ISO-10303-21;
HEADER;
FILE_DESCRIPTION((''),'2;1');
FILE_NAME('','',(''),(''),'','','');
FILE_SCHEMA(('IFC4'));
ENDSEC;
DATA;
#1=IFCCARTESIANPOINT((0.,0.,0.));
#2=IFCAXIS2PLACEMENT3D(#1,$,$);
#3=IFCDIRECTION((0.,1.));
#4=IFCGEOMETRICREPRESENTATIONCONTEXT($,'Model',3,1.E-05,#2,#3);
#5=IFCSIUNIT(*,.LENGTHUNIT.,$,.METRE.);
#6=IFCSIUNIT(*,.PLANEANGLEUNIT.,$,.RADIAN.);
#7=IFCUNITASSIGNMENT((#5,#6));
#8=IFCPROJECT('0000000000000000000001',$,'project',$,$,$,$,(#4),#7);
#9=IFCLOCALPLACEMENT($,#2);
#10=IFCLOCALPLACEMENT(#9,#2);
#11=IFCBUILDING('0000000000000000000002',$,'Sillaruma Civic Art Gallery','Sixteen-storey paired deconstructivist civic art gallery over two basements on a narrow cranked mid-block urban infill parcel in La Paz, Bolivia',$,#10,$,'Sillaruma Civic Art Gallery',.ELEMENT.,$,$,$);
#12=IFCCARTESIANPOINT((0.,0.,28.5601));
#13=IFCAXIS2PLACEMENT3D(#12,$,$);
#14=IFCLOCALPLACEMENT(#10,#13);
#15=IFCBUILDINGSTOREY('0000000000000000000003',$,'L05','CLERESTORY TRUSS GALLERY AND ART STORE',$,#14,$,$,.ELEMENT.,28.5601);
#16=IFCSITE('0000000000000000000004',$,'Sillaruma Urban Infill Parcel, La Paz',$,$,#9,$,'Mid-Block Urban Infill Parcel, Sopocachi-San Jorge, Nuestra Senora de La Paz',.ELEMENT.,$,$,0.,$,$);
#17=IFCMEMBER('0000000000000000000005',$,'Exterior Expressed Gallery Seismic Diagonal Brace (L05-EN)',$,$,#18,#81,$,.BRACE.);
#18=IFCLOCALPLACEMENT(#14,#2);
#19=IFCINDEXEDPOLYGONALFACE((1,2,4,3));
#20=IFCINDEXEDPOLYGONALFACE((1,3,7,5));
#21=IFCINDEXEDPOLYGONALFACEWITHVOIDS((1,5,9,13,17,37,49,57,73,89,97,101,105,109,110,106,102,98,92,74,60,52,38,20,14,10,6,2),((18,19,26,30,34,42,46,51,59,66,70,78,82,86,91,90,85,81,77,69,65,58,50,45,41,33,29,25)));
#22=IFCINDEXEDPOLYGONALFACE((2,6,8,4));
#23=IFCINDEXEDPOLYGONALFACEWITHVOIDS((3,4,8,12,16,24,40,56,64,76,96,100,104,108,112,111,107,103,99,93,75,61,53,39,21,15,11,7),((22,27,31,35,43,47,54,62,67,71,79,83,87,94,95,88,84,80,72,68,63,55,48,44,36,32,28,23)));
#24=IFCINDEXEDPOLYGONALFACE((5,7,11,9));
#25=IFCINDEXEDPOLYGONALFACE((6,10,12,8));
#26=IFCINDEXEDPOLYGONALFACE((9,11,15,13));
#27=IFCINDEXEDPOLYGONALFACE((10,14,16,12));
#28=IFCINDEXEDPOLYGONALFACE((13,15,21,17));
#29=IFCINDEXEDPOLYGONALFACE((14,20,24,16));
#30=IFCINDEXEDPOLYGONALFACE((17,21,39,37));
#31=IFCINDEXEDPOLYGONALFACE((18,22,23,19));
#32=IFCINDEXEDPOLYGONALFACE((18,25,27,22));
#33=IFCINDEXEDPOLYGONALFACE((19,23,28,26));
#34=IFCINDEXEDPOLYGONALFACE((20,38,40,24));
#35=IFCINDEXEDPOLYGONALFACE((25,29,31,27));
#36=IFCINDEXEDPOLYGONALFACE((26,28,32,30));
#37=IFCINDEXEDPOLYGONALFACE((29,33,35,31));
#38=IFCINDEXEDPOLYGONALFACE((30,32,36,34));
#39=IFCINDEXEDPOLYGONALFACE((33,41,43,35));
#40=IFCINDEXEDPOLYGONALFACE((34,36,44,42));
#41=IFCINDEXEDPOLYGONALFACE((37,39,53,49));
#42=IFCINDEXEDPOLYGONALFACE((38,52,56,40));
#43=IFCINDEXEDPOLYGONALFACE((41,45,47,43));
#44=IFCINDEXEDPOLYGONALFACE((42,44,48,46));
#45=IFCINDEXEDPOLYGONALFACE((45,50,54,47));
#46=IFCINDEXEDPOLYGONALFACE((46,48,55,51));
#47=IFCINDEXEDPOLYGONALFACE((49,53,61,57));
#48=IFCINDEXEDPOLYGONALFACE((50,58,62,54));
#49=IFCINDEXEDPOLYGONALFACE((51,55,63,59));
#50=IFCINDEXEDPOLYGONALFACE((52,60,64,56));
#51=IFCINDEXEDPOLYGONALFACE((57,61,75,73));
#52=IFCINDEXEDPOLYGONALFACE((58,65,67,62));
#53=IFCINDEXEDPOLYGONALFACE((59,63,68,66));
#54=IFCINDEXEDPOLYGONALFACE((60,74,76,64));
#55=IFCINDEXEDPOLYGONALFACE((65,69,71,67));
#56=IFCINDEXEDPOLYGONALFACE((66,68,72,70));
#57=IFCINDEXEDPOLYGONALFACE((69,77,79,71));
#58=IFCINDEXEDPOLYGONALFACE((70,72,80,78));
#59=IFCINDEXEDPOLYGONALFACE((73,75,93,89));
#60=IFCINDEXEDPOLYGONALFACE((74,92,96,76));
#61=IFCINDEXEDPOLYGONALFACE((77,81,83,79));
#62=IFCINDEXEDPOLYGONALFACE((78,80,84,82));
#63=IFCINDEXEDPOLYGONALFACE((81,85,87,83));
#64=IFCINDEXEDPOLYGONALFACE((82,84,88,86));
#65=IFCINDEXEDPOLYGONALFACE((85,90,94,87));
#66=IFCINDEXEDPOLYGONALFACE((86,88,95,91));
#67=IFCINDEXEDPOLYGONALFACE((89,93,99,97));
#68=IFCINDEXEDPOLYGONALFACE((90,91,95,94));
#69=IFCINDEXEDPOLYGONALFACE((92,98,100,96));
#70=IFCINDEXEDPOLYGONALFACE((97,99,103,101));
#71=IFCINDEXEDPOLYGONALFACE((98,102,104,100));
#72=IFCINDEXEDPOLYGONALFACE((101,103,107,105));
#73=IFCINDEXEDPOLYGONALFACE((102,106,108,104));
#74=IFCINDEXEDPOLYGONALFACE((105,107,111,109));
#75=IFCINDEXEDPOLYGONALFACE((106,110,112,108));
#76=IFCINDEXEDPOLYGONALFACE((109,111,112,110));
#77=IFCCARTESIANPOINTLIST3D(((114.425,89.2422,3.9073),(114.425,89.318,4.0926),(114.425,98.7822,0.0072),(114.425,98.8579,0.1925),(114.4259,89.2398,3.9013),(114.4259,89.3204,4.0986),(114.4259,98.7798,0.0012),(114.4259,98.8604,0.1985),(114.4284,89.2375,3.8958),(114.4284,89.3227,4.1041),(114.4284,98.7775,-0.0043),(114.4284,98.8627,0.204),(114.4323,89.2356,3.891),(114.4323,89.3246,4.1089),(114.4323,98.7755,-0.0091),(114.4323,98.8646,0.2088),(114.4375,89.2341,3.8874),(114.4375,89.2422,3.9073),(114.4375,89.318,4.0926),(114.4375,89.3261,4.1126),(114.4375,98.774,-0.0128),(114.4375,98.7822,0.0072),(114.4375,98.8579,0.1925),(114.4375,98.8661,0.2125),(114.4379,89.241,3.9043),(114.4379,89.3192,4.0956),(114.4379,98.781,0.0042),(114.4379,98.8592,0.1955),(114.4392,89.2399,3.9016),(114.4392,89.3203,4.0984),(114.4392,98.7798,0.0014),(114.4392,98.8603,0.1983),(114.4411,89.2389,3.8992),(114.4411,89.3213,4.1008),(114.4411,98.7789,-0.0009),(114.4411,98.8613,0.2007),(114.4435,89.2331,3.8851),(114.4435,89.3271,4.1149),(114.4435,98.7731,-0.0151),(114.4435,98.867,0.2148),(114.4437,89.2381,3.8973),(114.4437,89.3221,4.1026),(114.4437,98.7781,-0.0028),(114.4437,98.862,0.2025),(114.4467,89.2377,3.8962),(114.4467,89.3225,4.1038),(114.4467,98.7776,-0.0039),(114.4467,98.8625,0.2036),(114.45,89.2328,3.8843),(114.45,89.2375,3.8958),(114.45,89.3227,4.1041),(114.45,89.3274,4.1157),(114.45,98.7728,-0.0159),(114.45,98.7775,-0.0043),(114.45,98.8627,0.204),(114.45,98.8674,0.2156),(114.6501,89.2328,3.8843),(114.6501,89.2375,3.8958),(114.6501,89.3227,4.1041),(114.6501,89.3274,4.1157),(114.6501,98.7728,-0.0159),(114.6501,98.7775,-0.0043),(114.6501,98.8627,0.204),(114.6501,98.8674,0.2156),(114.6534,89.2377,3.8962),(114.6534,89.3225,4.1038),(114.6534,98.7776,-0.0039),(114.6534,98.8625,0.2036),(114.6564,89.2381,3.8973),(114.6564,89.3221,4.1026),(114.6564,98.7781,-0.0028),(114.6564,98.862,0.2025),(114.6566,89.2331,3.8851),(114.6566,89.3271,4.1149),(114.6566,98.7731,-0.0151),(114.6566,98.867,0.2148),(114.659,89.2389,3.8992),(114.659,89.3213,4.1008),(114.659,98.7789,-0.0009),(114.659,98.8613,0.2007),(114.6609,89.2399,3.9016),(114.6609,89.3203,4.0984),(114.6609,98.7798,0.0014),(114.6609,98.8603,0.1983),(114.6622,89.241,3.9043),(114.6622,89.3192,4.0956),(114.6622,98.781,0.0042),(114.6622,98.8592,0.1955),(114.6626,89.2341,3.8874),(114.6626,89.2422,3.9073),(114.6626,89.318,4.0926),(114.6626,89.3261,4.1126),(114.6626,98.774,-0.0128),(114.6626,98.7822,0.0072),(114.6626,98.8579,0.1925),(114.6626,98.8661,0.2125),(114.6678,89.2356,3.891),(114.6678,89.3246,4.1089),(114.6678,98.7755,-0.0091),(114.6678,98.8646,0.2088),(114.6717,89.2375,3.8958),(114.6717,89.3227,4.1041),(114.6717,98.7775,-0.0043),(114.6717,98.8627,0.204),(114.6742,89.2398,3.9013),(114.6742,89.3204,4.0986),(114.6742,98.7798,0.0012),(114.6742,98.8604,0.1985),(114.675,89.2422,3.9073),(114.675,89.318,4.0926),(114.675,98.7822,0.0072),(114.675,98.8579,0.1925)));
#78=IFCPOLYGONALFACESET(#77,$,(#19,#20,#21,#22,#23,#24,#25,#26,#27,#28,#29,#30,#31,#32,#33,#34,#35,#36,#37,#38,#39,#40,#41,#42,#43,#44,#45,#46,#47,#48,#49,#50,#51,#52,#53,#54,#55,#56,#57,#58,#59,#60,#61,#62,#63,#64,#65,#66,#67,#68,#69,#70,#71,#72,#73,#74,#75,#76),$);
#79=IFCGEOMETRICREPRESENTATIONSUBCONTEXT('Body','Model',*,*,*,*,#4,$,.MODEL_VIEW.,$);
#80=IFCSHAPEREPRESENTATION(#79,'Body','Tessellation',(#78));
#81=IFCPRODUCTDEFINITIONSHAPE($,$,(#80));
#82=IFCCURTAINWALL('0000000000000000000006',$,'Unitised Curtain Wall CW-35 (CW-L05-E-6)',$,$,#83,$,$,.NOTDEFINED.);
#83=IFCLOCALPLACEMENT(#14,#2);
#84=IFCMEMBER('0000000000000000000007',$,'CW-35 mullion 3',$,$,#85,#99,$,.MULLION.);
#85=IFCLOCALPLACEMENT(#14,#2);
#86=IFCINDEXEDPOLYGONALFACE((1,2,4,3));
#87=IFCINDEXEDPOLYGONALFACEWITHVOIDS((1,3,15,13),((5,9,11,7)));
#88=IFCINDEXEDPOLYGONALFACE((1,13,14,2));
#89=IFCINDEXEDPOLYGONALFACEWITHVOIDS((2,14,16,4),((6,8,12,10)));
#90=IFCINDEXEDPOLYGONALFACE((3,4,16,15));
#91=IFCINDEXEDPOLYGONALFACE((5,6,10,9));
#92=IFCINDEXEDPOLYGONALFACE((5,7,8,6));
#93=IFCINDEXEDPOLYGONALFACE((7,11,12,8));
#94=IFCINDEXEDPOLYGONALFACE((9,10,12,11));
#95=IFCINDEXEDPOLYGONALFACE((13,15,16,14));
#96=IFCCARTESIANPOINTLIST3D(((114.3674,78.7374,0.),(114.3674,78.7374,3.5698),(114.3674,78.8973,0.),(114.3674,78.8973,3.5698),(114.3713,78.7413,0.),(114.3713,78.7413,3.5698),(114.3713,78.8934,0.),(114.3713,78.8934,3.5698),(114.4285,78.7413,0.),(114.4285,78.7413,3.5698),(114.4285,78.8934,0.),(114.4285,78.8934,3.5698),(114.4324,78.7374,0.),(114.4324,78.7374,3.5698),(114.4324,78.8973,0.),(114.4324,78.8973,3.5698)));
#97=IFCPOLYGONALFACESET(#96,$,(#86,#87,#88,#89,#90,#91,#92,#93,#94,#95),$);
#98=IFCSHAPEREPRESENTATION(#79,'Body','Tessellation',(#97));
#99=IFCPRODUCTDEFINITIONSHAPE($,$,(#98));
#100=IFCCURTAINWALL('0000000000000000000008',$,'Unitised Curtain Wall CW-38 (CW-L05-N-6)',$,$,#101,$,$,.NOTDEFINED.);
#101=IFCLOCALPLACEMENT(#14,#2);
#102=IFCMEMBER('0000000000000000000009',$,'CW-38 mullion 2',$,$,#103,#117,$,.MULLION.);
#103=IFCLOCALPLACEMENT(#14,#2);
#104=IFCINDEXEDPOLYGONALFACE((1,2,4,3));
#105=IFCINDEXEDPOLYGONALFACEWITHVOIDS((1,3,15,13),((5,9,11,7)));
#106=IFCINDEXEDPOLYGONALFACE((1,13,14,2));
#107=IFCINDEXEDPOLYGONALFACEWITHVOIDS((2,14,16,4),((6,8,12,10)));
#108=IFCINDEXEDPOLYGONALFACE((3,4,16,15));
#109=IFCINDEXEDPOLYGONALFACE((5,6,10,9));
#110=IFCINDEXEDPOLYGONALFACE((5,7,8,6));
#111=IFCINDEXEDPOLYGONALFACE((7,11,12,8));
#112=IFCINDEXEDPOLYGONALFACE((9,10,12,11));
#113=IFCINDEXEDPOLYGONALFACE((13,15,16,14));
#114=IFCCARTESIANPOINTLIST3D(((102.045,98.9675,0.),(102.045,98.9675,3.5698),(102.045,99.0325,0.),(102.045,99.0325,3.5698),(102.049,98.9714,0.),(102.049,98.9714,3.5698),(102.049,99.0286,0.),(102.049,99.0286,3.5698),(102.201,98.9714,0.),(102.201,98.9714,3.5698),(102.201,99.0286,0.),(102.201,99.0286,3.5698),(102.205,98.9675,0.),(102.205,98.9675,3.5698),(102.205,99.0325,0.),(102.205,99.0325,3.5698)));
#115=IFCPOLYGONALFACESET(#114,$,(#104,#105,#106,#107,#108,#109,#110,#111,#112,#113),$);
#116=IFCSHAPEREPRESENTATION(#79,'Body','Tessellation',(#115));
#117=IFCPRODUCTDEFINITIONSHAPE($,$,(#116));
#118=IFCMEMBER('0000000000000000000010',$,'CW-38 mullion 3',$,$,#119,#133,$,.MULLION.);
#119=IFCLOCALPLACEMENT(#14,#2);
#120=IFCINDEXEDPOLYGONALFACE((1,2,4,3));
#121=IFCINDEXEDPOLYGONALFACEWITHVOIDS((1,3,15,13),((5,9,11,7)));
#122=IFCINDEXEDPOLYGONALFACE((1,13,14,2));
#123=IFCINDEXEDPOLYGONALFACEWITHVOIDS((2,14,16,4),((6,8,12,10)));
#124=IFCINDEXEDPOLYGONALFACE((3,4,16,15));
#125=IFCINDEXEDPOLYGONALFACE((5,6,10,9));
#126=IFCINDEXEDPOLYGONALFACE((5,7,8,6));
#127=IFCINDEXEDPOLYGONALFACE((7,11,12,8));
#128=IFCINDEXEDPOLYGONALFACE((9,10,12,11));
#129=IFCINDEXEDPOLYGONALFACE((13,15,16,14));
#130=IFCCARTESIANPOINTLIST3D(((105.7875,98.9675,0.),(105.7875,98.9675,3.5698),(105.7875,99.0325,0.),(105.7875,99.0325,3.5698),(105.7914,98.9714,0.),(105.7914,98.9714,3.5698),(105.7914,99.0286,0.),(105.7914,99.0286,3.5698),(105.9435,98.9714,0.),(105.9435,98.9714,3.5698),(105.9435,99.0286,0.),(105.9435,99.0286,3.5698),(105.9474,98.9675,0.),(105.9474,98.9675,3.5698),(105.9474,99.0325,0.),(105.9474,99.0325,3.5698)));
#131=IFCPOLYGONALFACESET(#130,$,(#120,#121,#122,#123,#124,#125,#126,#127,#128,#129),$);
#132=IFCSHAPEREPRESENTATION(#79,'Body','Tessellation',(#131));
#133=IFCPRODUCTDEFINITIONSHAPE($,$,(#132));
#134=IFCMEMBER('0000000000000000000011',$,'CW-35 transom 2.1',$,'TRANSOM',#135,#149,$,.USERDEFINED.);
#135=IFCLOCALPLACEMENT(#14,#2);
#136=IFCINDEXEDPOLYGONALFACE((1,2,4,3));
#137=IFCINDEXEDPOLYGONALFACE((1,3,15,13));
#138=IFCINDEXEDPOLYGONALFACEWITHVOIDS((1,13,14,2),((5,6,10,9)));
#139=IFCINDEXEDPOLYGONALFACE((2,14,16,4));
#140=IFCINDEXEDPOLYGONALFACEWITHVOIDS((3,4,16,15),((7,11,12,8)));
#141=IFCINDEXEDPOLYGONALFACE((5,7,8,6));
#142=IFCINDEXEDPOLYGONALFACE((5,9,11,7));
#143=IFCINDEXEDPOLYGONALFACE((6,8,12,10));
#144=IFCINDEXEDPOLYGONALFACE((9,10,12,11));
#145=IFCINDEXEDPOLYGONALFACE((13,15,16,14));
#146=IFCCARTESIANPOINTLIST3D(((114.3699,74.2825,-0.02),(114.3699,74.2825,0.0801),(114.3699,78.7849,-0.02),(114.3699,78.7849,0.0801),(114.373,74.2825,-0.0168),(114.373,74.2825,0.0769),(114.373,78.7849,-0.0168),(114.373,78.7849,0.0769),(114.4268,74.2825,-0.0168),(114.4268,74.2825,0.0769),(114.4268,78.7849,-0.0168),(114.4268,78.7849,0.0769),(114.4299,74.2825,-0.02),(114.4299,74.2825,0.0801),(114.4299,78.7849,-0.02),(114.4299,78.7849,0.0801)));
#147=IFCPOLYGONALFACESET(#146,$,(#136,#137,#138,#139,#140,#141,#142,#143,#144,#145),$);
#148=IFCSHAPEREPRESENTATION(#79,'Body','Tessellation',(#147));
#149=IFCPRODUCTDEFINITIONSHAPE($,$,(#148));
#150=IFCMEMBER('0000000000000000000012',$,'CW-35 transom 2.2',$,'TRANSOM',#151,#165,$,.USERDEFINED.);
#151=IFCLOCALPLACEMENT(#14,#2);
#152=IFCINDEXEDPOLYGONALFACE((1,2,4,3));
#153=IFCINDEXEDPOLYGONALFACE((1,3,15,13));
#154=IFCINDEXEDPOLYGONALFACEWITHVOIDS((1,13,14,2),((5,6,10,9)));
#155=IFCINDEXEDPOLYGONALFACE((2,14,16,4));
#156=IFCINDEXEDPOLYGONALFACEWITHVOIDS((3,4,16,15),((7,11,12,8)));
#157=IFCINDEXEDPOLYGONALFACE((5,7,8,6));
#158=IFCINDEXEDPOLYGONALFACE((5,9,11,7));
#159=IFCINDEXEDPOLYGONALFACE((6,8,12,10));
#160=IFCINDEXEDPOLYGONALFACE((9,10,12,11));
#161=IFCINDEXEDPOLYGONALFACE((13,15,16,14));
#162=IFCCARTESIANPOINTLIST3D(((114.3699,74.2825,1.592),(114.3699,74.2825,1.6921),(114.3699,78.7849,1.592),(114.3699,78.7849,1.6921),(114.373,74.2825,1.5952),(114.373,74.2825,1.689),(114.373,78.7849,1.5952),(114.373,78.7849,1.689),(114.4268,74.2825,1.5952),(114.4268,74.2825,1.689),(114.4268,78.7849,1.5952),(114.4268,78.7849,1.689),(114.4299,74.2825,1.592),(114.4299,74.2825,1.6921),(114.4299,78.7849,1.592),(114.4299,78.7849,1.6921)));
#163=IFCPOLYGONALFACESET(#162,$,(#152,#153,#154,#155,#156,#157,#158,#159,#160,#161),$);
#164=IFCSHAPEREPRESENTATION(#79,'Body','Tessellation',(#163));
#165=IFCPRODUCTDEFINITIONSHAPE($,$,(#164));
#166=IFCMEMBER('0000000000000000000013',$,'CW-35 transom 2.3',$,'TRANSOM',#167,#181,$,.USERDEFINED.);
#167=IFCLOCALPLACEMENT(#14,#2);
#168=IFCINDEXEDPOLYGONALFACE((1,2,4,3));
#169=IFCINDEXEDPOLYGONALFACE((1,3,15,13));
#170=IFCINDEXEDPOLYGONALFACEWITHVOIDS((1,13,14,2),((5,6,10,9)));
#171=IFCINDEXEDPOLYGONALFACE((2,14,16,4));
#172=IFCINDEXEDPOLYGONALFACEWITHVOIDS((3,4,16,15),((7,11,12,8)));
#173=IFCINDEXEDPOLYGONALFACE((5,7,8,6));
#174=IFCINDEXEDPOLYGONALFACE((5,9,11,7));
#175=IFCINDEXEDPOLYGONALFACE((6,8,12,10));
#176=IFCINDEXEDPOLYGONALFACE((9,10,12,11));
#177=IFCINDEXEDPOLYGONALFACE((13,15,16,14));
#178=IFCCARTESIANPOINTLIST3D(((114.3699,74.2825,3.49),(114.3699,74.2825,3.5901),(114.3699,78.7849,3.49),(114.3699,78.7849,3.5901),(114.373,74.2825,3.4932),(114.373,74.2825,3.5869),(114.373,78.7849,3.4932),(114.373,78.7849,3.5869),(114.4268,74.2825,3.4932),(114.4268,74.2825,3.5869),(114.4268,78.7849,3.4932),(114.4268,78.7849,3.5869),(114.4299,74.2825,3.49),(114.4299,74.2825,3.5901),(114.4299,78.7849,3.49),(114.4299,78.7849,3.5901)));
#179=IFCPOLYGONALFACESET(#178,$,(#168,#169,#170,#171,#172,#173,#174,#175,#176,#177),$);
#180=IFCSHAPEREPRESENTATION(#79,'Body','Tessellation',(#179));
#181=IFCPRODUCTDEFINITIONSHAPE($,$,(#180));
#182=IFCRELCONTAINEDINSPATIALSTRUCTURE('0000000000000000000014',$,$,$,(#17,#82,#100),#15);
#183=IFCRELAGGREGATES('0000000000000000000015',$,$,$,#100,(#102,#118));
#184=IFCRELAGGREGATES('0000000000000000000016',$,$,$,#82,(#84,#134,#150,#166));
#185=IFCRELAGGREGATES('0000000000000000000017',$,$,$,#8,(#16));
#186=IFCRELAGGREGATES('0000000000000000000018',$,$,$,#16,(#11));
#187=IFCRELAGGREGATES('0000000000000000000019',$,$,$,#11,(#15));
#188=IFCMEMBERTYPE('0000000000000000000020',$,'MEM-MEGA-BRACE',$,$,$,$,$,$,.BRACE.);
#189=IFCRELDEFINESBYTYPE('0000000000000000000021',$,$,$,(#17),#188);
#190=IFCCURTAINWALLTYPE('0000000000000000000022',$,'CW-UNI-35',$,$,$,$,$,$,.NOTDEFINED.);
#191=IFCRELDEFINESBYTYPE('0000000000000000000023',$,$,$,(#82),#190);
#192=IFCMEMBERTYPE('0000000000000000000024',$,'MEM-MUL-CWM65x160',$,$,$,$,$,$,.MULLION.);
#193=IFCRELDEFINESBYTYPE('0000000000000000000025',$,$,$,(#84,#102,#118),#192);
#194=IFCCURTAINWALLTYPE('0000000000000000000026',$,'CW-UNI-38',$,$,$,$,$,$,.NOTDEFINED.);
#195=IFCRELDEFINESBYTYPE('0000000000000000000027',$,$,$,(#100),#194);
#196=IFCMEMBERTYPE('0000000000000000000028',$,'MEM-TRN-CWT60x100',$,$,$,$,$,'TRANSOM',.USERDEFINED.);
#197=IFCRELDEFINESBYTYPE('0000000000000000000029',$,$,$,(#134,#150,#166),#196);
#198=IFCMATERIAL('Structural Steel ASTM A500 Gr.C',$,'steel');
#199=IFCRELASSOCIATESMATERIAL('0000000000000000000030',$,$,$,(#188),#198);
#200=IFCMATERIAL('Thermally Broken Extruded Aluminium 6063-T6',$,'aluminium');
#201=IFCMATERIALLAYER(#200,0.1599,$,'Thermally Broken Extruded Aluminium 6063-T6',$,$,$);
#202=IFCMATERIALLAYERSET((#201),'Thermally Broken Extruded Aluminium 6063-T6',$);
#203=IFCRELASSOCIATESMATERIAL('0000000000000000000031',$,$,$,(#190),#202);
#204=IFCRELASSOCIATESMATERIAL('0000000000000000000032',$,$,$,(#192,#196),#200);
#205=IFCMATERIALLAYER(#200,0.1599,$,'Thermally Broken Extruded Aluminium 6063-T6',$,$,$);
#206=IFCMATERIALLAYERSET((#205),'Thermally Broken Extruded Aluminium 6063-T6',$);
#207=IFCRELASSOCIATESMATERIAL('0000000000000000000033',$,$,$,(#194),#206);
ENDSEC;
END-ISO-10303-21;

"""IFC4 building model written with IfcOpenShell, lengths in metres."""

from ifc_helpers import new_model, si_unit, direction, frame, origin, origin_2d, place, context, subcontext, project, spatial, hollow_rectangle, extrude, material, layer, layer_set, material_profile, profile_set, type_object, element, aggregate, save


model = new_model("IFC4")

# Units and contexts
model_context = context("Model", 3, precision=1e-05, world=origin(), true_north=direction((0.0, 1.0)))
body_context = subcontext(model_context, "Body", "Model", "MODEL_VIEW")
ifc_project = project(units=[si_unit("LENGTHUNIT", "METRE"), si_unit("PLANEANGLEUNIT", "RADIAN")], contexts=[model_context])

# Site, building, storey
site_placement = place(None, origin())
site = spatial("IfcSite", under=ifc_project, at=site_placement, Name="Sillaruma Urban Infill Parcel, La Paz", LongName="Mid-Block Urban Infill Parcel, Sopocachi-San Jorge, Nuestra Senora de La Paz", CompositionType="ELEMENT", RefElevation=0.0)
building_placement = place(site_placement, origin())
building = spatial("IfcBuilding", under=site, at=building_placement, Name="Sillaruma Civic Art Gallery", Description="Sixteen-storey paired deconstructivist civic art gallery over two basements on a narrow cranked mid-block urban infill parcel in La Paz, Bolivia", LongName="Sillaruma Civic Art Gallery", CompositionType="ELEMENT")
storey_placement = place(building_placement, frame((0.0, 0.0, 28.5601)))
storey = spatial("IfcBuildingStorey", under=building, at=storey_placement, Name="L05", Description="CLERESTORY TRUSS GALLERY AND ART STORE", CompositionType="ELEMENT", Elevation=28.5601)

# Member
ifc_material_1 = material(Name="Structural Steel ASTM A500 Gr.C", Category="steel")
ifc_material_profile_1 = material_profile(ifc_material_1, hollow_rectangle(XDim=0.25, YDim=0.25, WallThickness=0.0125, InnerFilletRadius=0.0125, OuterFilletRadius=0.0249, at=origin_2d()), Name="HSS250x250x12.5")
ifc_profile_set_1 = profile_set([ifc_material_profile_1], Name="Structural Steel ASTM A500 Gr.C")
member_type_1 = type_object("IfcMemberType", Name="MEM-MEGA-BRACE", PredefinedType="BRACE", material=ifc_profile_set_1)
member_1_placement = place(storey_placement, frame((114.55, 98.8201, 0.0999), z_axis=(0.0, -0.925635, 0.378417), x_axis=(1.0, 0.0, 0.0)))
element("IfcMember", 1, at=member_1_placement, inside=storey, type_object=member_type_1, Name="Exterior Expressed Gallery Seismic Diagonal Brace (L05-EN)", PredefinedType="BRACE", context=body_context, shape_type="SweptSolid", body=[
    extrude(hollow_rectangle(XDim=0.25, YDim=0.25, WallThickness=0.0125, InnerFilletRadius=0.0125, OuterFilletRadius=0.0249, at=origin_2d()), origin(), (0.0, 0.0, 1.0), 10.3064),
])

# Curtain wall, member
ifc_material_2 = material(Name="Thermally Broken Extruded Aluminium 6063-T6", Category="aluminium")
ifc_layer_1 = layer(ifc_material_2, 0.1599, Name="Thermally Broken Extruded Aluminium 6063-T6")
ifc_layer_set_1 = layer_set([ifc_layer_1], Name="Thermally Broken Extruded Aluminium 6063-T6")
curtain_wall_type_1 = type_object("IfcCurtainWallType", Name="CW-UNI-35", PredefinedType="NOTDEFINED", material=ifc_layer_set_1)
curtain_wall_1_placement = place(storey_placement, origin())
curtain_wall_1 = element("IfcCurtainWall", 2, at=curtain_wall_1_placement, inside=storey, type_object=curtain_wall_type_1, Name="Unitised Curtain Wall CW-35 (CW-L05-E-6)", PredefinedType="NOTDEFINED")
ifc_material_profile_2 = material_profile(ifc_material_2, hollow_rectangle(XDim=0.0649, YDim=0.1599, WallThickness=0.0039, at=origin_2d()), Name="CWM65x160")
ifc_profile_set_2 = profile_set([ifc_material_profile_2], Name="Thermally Broken Extruded Aluminium 6063-T6")
member_type_2 = type_object("IfcMemberType", Name="MEM-MUL-CWM65x160", PredefinedType="MULLION", material=ifc_profile_set_2)
member_2_placement = place(storey_placement, frame((114.3999, 78.8174, 0.0), z_axis=(0.0, 0.0, 1.0), x_axis=(-1.0, 0.0, 0.0)))
member_2 = element("IfcMember", 3, at=member_2_placement, type_object=member_type_2, Name="CW-35 mullion 3", PredefinedType="MULLION", context=body_context, shape_type="SweptSolid", body=[
    extrude(hollow_rectangle(XDim=0.0649, YDim=0.1599, WallThickness=0.0039, at=origin_2d()), origin(), (0.0, 0.0, 1.0), 3.5698),
])

# Curtain wall, members
ifc_layer_2 = layer(ifc_material_2, 0.1599, Name="Thermally Broken Extruded Aluminium 6063-T6")
ifc_layer_set_2 = layer_set([ifc_layer_2], Name="Thermally Broken Extruded Aluminium 6063-T6")
curtain_wall_type_2 = type_object("IfcCurtainWallType", Name="CW-UNI-38", PredefinedType="NOTDEFINED", material=ifc_layer_set_2)
curtain_wall_2_placement = place(storey_placement, origin())
curtain_wall_2 = element("IfcCurtainWall", 4, at=curtain_wall_2_placement, inside=storey, type_object=curtain_wall_type_2, Name="Unitised Curtain Wall CW-38 (CW-L05-N-6)", PredefinedType="NOTDEFINED")
member_3_placement = place(storey_placement, frame((102.125, 99.0, 0.0), z_axis=(0.0, 0.0, 1.0), x_axis=(0.0, 1.0, 0.0)))
member_3 = element("IfcMember", 5, at=member_3_placement, type_object=member_type_2, Name="CW-38 mullion 2", PredefinedType="MULLION", context=body_context, shape_type="SweptSolid", body=[
    extrude(hollow_rectangle(XDim=0.0649, YDim=0.1599, WallThickness=0.0039, at=origin_2d()), origin(), (0.0, 0.0, 1.0), 3.5698),
])
member_4_placement = place(storey_placement, frame((105.8674, 99.0, 0.0), z_axis=(0.0, 0.0, 1.0), x_axis=(0.0, 1.0, 0.0)))
member_4 = element("IfcMember", 6, at=member_4_placement, type_object=member_type_2, Name="CW-38 mullion 3", PredefinedType="MULLION", context=body_context, shape_type="SweptSolid", body=[
    extrude(hollow_rectangle(XDim=0.0649, YDim=0.1599, WallThickness=0.0039, at=origin_2d()), origin(), (0.0, 0.0, 1.0), 3.5698),
])

# Members
ifc_material_profile_3 = material_profile(ifc_material_2, hollow_rectangle(XDim=0.0601, YDim=0.1001, WallThickness=0.0032, at=origin_2d()), Name="CWT60x100")
ifc_profile_set_3 = profile_set([ifc_material_profile_3], Name="Thermally Broken Extruded Aluminium 6063-T6")
member_type_3 = type_object("IfcMemberType", Name="MEM-TRN-CWT60x100", ElementType="TRANSOM", PredefinedType="USERDEFINED", material=ifc_profile_set_3)
member_5_placement = place(storey_placement, frame((114.3999, 74.2825, 0.03), z_axis=(0.0, 1.0, 0.0), x_axis=(-1.0, 0.0, 0.0)))
member_5 = element("IfcMember", 7, at=member_5_placement, type_object=member_type_3, Name="CW-35 transom 2.1", ObjectType="TRANSOM", PredefinedType="USERDEFINED", context=body_context, shape_type="SweptSolid", body=[
    extrude(hollow_rectangle(XDim=0.0601, YDim=0.1001, WallThickness=0.0032, at=origin_2d()), origin(), (0.0, 0.0, 1.0), 4.5024),
])
member_6_placement = place(storey_placement, frame((114.3999, 74.2825, 1.6421), z_axis=(0.0, 1.0, 0.0), x_axis=(-1.0, 0.0, 0.0)))
member_6 = element("IfcMember", 8, at=member_6_placement, type_object=member_type_3, Name="CW-35 transom 2.2", ObjectType="TRANSOM", PredefinedType="USERDEFINED", context=body_context, shape_type="SweptSolid", body=[
    extrude(hollow_rectangle(XDim=0.0601, YDim=0.1001, WallThickness=0.0032, at=origin_2d()), origin(), (0.0, 0.0, 1.0), 4.5024),
])
member_7_placement = place(storey_placement, frame((114.3999, 74.2825, 3.54), z_axis=(0.0, 1.0, 0.0), x_axis=(-1.0, 0.0, 0.0)))
member_7 = element("IfcMember", 9, at=member_7_placement, type_object=member_type_3, Name="CW-35 transom 2.3", ObjectType="TRANSOM", PredefinedType="USERDEFINED", context=body_context, shape_type="SweptSolid", body=[
    extrude(hollow_rectangle(XDim=0.0601, YDim=0.1001, WallThickness=0.0032, at=origin_2d()), origin(), (0.0, 0.0, 1.0), 4.5024),
])

aggregate(curtain_wall_2, [member_3, member_4])
aggregate(curtain_wall_1, [member_2, member_5, member_6, member_7])

save(model, "model.ifc")
